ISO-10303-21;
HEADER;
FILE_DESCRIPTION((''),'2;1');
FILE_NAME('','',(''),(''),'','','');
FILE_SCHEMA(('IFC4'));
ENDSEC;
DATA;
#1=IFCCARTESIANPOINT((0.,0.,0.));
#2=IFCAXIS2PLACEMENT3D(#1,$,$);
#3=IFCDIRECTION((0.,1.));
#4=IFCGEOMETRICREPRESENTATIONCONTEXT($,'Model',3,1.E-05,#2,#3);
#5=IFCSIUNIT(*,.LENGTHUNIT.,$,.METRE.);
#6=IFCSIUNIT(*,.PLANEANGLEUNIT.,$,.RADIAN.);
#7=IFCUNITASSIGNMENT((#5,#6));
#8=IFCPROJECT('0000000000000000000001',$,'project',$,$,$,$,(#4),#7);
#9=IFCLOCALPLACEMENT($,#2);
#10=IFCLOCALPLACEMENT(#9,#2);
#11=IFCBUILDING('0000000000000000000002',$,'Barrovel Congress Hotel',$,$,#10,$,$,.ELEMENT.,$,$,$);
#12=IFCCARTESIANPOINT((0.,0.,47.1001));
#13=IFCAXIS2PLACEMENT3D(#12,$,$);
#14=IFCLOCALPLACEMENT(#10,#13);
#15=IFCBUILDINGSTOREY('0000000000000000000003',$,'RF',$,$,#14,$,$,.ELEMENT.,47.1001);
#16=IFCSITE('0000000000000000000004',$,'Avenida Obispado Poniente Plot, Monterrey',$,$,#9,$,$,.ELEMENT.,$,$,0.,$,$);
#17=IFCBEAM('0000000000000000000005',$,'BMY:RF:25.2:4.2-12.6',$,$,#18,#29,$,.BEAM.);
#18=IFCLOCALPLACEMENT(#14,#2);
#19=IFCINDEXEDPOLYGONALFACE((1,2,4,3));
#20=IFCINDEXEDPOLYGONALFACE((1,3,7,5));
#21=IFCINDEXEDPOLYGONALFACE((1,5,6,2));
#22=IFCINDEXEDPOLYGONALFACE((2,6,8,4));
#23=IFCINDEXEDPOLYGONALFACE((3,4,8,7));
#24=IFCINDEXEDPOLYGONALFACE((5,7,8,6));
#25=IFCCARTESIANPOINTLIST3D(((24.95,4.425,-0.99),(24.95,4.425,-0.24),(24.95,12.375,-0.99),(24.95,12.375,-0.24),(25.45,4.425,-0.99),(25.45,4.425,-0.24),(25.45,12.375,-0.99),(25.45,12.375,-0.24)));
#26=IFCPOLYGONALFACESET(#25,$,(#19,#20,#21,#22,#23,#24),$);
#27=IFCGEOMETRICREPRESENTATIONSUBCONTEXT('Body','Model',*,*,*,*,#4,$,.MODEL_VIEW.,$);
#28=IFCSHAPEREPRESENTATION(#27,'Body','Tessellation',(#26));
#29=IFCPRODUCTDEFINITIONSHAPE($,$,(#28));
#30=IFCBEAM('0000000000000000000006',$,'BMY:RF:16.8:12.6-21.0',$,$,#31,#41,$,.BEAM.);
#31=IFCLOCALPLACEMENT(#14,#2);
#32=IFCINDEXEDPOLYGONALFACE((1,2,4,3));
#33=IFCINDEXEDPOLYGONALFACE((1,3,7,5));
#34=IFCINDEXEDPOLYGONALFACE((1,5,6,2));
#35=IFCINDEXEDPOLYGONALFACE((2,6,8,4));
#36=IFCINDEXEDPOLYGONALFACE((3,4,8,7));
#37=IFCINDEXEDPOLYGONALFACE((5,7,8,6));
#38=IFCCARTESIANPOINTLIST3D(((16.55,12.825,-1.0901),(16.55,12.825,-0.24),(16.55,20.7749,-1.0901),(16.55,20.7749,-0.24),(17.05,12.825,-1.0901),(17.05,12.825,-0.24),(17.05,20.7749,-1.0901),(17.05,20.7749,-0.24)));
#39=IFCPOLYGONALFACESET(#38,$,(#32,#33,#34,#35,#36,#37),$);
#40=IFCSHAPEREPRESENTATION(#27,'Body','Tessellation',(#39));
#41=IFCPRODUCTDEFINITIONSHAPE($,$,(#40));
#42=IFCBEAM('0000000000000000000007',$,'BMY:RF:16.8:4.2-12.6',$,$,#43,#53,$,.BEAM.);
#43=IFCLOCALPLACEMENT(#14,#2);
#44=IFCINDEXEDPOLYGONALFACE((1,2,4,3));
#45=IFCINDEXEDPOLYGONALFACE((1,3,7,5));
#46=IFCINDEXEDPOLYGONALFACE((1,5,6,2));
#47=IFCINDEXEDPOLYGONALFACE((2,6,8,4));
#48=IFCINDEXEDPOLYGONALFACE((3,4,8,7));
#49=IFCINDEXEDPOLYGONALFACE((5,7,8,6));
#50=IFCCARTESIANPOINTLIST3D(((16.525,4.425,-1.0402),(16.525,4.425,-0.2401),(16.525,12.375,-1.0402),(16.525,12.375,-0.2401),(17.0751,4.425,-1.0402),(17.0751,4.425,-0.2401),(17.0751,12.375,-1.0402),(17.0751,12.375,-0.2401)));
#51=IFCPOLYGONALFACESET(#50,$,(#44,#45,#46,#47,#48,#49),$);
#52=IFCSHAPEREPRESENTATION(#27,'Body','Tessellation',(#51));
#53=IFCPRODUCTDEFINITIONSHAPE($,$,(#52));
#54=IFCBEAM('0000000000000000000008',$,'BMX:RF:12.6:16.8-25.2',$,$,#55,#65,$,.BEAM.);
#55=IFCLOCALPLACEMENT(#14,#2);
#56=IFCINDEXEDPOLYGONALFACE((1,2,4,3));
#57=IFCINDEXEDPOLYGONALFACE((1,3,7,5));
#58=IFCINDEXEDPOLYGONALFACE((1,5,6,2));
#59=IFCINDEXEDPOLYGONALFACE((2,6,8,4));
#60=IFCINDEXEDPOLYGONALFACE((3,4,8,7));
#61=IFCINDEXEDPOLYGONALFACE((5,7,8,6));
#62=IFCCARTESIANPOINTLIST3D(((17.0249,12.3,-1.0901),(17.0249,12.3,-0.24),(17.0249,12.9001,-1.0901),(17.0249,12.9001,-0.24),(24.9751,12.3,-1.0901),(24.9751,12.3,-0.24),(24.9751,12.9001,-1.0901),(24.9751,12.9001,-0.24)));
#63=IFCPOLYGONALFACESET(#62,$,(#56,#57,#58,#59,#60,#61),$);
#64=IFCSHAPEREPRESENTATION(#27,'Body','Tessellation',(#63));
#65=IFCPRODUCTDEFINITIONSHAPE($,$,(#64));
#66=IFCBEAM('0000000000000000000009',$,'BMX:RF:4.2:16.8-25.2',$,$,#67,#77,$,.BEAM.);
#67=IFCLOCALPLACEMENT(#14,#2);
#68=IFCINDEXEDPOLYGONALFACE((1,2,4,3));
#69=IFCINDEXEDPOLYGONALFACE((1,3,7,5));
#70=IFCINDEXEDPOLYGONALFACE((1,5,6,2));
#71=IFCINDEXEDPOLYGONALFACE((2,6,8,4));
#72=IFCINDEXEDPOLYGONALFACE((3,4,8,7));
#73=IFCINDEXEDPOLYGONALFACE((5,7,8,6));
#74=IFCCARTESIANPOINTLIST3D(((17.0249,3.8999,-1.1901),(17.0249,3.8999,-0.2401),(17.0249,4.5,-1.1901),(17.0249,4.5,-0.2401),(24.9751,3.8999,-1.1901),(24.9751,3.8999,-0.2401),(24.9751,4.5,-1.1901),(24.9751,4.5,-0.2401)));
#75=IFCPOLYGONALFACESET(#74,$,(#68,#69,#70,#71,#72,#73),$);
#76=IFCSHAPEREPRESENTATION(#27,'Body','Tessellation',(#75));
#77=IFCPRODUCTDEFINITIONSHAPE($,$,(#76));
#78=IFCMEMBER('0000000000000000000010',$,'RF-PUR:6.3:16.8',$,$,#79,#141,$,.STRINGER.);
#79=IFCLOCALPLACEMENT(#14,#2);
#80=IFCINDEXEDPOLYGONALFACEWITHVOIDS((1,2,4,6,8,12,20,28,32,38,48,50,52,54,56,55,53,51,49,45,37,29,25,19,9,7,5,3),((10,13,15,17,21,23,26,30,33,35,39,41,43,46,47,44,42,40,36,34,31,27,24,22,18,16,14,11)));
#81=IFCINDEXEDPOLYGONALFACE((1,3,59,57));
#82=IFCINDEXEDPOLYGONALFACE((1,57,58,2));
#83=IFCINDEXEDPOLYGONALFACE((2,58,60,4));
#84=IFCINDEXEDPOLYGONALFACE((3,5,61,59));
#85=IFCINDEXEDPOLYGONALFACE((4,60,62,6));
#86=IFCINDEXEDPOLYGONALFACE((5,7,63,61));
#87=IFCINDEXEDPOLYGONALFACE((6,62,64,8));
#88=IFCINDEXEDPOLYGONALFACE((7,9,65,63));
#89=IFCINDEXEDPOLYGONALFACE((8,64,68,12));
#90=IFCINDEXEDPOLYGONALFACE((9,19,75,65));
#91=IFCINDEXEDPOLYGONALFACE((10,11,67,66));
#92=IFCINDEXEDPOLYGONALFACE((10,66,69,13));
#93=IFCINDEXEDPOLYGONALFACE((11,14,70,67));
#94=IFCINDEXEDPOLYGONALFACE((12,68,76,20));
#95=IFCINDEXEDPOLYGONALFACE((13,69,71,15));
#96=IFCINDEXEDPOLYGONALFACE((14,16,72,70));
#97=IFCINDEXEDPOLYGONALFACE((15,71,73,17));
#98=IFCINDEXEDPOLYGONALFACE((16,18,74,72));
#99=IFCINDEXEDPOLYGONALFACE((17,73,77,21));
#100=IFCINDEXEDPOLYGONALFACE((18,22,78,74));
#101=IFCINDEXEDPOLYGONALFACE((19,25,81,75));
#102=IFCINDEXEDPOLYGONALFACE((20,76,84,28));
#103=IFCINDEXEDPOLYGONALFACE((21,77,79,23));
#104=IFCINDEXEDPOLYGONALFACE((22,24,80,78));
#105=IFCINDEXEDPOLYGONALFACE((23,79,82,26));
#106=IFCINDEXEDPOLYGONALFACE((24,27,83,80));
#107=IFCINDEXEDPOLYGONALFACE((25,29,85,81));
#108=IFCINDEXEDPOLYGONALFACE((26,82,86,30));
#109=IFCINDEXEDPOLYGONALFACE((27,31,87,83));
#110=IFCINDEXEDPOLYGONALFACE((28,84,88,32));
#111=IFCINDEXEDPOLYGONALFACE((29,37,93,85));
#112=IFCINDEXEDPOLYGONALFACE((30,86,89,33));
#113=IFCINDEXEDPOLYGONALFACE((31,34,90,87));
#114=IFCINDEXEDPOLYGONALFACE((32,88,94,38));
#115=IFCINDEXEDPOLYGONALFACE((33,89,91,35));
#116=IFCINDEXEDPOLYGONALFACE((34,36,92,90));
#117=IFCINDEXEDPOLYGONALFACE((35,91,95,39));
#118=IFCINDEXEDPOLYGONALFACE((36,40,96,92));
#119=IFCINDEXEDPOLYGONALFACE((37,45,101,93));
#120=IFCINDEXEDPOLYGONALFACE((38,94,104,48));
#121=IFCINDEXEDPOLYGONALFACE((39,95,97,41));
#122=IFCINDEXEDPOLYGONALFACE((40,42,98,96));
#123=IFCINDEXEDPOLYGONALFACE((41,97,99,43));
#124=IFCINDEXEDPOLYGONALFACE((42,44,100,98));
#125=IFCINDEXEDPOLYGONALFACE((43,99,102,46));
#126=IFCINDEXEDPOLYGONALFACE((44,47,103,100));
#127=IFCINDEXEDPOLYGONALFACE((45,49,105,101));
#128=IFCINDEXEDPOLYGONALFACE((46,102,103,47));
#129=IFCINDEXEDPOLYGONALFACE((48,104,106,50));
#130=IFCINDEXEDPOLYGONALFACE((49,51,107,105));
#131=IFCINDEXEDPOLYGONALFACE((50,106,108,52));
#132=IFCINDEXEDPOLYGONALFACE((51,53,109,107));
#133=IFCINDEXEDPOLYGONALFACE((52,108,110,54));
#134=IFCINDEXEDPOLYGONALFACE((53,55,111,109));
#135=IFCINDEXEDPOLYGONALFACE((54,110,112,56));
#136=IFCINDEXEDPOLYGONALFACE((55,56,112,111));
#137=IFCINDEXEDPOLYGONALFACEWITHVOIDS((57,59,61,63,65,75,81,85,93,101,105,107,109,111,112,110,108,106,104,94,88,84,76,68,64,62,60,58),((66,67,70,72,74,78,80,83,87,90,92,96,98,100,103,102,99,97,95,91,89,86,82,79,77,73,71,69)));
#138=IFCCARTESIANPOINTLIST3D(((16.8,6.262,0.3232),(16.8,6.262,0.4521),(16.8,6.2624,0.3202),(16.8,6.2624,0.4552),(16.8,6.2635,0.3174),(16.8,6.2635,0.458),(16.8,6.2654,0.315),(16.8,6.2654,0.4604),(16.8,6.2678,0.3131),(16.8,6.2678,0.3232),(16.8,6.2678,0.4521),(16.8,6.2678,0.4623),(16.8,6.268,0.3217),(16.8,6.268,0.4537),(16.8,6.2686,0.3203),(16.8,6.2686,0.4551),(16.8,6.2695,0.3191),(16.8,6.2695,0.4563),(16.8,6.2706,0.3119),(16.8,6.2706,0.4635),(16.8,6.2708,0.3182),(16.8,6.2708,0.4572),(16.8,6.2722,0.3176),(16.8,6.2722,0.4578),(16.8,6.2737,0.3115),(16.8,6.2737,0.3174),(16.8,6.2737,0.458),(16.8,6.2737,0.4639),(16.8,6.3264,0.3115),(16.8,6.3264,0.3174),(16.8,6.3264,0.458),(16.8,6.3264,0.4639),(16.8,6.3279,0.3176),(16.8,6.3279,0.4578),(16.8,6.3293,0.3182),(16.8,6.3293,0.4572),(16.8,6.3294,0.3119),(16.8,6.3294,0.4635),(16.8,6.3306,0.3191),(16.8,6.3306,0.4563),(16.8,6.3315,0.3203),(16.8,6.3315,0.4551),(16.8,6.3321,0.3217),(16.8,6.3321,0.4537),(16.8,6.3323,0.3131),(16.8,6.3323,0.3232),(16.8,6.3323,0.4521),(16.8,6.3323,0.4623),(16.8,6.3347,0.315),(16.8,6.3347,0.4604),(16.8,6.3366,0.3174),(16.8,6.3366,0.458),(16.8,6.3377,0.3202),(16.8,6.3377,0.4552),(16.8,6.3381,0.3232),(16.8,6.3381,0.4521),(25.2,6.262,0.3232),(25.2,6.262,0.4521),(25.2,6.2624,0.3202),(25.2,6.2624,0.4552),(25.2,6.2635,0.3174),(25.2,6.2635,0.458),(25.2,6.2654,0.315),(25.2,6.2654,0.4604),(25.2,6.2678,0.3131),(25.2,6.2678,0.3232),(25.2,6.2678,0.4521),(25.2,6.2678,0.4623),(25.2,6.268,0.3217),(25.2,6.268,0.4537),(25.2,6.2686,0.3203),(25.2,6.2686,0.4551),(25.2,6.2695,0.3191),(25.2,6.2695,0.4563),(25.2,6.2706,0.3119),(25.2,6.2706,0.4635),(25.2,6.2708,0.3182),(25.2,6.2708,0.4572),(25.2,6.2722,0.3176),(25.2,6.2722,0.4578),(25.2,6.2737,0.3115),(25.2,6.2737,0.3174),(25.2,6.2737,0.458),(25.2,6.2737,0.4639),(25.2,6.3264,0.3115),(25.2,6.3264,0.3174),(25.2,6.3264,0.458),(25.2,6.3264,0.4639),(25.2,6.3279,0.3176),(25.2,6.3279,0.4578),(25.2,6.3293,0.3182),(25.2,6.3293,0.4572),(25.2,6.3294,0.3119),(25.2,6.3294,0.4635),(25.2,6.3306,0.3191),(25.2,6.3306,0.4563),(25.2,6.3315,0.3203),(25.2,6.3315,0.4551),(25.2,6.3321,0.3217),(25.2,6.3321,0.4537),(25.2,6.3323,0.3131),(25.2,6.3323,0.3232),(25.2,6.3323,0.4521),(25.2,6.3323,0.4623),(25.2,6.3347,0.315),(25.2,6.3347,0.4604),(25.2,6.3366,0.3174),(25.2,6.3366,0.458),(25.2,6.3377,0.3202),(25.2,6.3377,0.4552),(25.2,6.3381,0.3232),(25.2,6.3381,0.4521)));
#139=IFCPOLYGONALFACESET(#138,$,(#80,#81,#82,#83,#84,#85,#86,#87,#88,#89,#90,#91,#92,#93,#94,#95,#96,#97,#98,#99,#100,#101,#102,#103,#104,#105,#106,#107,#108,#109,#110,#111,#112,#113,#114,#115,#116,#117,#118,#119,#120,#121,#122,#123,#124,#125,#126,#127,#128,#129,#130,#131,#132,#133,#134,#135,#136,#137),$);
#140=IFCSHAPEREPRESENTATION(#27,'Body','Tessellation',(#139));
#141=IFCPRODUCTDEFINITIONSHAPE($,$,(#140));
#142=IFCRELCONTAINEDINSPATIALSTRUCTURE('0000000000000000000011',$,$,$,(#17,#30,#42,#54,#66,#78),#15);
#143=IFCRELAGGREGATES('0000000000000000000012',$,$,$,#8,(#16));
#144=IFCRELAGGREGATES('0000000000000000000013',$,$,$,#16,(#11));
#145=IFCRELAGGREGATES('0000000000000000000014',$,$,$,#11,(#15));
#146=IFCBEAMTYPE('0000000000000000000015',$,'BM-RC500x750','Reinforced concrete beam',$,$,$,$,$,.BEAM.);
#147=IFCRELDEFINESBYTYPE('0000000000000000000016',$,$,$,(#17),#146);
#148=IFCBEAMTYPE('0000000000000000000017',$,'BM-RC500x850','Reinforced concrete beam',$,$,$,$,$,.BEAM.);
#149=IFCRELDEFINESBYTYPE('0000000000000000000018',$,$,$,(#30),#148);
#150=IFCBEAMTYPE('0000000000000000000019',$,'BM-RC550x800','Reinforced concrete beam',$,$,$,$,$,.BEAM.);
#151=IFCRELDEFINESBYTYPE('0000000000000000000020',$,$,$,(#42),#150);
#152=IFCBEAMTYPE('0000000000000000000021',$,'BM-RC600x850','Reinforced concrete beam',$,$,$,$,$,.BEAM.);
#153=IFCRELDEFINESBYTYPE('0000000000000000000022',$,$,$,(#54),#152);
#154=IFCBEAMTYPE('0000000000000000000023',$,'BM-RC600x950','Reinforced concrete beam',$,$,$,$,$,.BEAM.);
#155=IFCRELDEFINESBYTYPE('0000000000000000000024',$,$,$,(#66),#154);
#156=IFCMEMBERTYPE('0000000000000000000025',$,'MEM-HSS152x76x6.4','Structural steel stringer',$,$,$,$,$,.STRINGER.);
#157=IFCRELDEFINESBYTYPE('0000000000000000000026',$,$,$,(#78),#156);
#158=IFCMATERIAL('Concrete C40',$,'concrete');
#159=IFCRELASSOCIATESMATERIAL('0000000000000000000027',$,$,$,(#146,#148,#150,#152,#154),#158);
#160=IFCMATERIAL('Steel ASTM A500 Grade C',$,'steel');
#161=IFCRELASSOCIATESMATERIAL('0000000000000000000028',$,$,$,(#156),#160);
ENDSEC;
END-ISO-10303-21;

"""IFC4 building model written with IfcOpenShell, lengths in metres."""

from ifc_helpers import new_model, si_unit, direction, frame, origin, origin_2d, place, context, subcontext, project, spatial, rectangle, hollow_rectangle, extrude, material, material_profile, profile_set, type_object, element, save


model = new_model("IFC4")

# Units and contexts
model_context = context("Model", 3, precision=1e-05, world=origin(), true_north=direction((0.0, 1.0)))
body_context = subcontext(model_context, "Body", "Model", "MODEL_VIEW")
ifc_project = project(units=[si_unit("LENGTHUNIT", "METRE"), si_unit("PLANEANGLEUNIT", "RADIAN")], contexts=[model_context])

# Site, building, storey
site_placement = place(None, origin())
site = spatial("IfcSite", under=ifc_project, at=site_placement, Name="Avenida Obispado Poniente Plot, Monterrey", CompositionType="ELEMENT", RefElevation=0.0)
building_placement = place(site_placement, origin())
building = spatial("IfcBuilding", under=site, at=building_placement, Name="Barrovel Congress Hotel", CompositionType="ELEMENT")
storey_placement = place(building_placement, frame((0.0, 0.0, 47.1001)))
storey = spatial("IfcBuildingStorey", under=building, at=storey_placement, Name="RF", CompositionType="ELEMENT", Elevation=47.1001)

# Beams
ifc_material_1 = material(Name="Concrete C40", Category="concrete")
ifc_material_profile_1 = material_profile(ifc_material_1, rectangle(XDim=0.5, YDim=0.75, at=origin_2d()), Name="RC500x750")
ifc_profile_set_1 = profile_set([ifc_material_profile_1], Name="Concrete C40")
beam_type_1 = type_object("IfcBeamType", Name="BM-RC500x750", Description="Reinforced concrete beam", PredefinedType="BEAM", material=ifc_profile_set_1)
beam_1_placement = place(storey_placement, frame((25.2, 4.425, -0.615), z_axis=(0.0, 1.0, 0.0), x_axis=(-1.0, 0.0, 0.0)))
element("IfcBeam", 1, at=beam_1_placement, inside=storey, type_object=beam_type_1, Name="BMY:RF:25.2:4.2-12.6", PredefinedType="BEAM", context=body_context, shape_type="SweptSolid", body=[
    extrude(rectangle(XDim=0.5, YDim=0.75, at=origin_2d()), origin(), (0.0, 0.0, 1.0), 7.95),
])
ifc_material_profile_2 = material_profile(ifc_material_1, rectangle(XDim=0.5, YDim=0.8501, at=origin_2d()), Name="RC500x850")
ifc_profile_set_2 = profile_set([ifc_material_profile_2], Name="Concrete C40")
beam_type_2 = type_object("IfcBeamType", Name="BM-RC500x850", Description="Reinforced concrete beam", PredefinedType="BEAM", material=ifc_profile_set_2)
beam_2_placement = place(storey_placement, frame((16.8, 12.825, -0.665), z_axis=(0.0, 1.0, 0.0), x_axis=(-1.0, 0.0, 0.0)))
element("IfcBeam", 2, at=beam_2_placement, inside=storey, type_object=beam_type_2, Name="BMY:RF:16.8:12.6-21.0", PredefinedType="BEAM", context=body_context, shape_type="SweptSolid", body=[
    extrude(rectangle(XDim=0.5, YDim=0.8501, at=origin_2d()), origin(), (0.0, 0.0, 1.0), 7.95),
])
ifc_material_profile_3 = material_profile(ifc_material_1, rectangle(XDim=0.55, YDim=0.8, at=origin_2d()), Name="RC550x800")
ifc_profile_set_3 = profile_set([ifc_material_profile_3], Name="Concrete C40")
beam_type_3 = type_object("IfcBeamType", Name="BM-RC550x800", Description="Reinforced concrete beam", PredefinedType="BEAM", material=ifc_profile_set_3)
beam_3_placement = place(storey_placement, frame((16.8, 4.425, -0.6401), z_axis=(0.0, 1.0, 0.0), x_axis=(-1.0, 0.0, 0.0)))
element("IfcBeam", 3, at=beam_3_placement, inside=storey, type_object=beam_type_3, Name="BMY:RF:16.8:4.2-12.6", PredefinedType="BEAM", context=body_context, shape_type="SweptSolid", body=[
    extrude(rectangle(XDim=0.55, YDim=0.8, at=origin_2d()), origin(), (0.0, 0.0, 1.0), 7.95),
])
ifc_material_profile_4 = material_profile(ifc_material_1, rectangle(XDim=0.6001, YDim=0.8501, at=origin_2d()), Name="RC600x850")
ifc_profile_set_4 = profile_set([ifc_material_profile_4], Name="Concrete C40")
beam_type_4 = type_object("IfcBeamType", Name="BM-RC600x850", Description="Reinforced concrete beam", PredefinedType="BEAM", material=ifc_profile_set_4)
beam_4_placement = place(storey_placement, frame((17.0249, 12.6001, -0.665), z_axis=(1.0, 0.0, 0.0), x_axis=(0.0, 1.0, 0.0)))
element("IfcBeam", 4, at=beam_4_placement, inside=storey, type_object=beam_type_4, Name="BMX:RF:12.6:16.8-25.2", PredefinedType="BEAM", context=body_context, shape_type="SweptSolid", body=[
    extrude(rectangle(XDim=0.6001, YDim=0.8501, at=origin_2d()), origin(), (0.0, 0.0, 1.0), 7.9502),
])
ifc_material_profile_5 = material_profile(ifc_material_1, rectangle(XDim=0.6001, YDim=0.95, at=origin_2d()), Name="RC600x950")
ifc_profile_set_5 = profile_set([ifc_material_profile_5], Name="Concrete C40")
beam_type_5 = type_object("IfcBeamType", Name="BM-RC600x950", Description="Reinforced concrete beam", PredefinedType="BEAM", material=ifc_profile_set_5)
beam_5_placement = place(storey_placement, frame((17.0249, 4.2, -0.7151), z_axis=(1.0, 0.0, 0.0), x_axis=(0.0, 1.0, 0.0)))
element("IfcBeam", 5, at=beam_5_placement, inside=storey, type_object=beam_type_5, Name="BMX:RF:4.2:16.8-25.2", PredefinedType="BEAM", context=body_context, shape_type="SweptSolid", body=[
    extrude(rectangle(XDim=0.6001, YDim=0.95, at=origin_2d()), origin(), (0.0, 0.0, 1.0), 7.9502),
])

# Member
ifc_material_2 = material(Name="Steel ASTM A500 Grade C", Category="steel")
ifc_material_profile_6 = material_profile(ifc_material_2, hollow_rectangle(XDim=0.0762, YDim=0.1523, WallThickness=0.0059, InnerFilletRadius=0.0059, OuterFilletRadius=0.0117, at=origin_2d()), Name="HSS152x76x6.4")
ifc_profile_set_6 = profile_set([ifc_material_profile_6], Name="Steel ASTM A500 Grade C")
member_type_1 = type_object("IfcMemberType", Name="MEM-HSS152x76x6.4", Description="Structural steel stringer", PredefinedType="STRINGER", material=ifc_profile_set_6)
for number, where, z_axis, x_axis, name in (
    (6, (16.8, 6.3, 0.3877), (1.0, 0.0, 0.0), (0.0, 1.0, 0.0), "RF-PUR:6.3:16.8"),
):
    element("IfcMember", number, at=place(storey_placement, frame(where, z_axis=z_axis, x_axis=x_axis)), inside=storey, type_object=member_type_1, Name=name, PredefinedType="STRINGER", context=body_context, shape_type="SweptSolid", body=[
        extrude(hollow_rectangle(XDim=0.0762, YDim=0.1523, WallThickness=0.0059, InnerFilletRadius=0.0059, OuterFilletRadius=0.0117, at=origin_2d()), origin(), (0.0, 0.0, 1.0), 8.3999),
    ])

save(model, "model.ifc")
